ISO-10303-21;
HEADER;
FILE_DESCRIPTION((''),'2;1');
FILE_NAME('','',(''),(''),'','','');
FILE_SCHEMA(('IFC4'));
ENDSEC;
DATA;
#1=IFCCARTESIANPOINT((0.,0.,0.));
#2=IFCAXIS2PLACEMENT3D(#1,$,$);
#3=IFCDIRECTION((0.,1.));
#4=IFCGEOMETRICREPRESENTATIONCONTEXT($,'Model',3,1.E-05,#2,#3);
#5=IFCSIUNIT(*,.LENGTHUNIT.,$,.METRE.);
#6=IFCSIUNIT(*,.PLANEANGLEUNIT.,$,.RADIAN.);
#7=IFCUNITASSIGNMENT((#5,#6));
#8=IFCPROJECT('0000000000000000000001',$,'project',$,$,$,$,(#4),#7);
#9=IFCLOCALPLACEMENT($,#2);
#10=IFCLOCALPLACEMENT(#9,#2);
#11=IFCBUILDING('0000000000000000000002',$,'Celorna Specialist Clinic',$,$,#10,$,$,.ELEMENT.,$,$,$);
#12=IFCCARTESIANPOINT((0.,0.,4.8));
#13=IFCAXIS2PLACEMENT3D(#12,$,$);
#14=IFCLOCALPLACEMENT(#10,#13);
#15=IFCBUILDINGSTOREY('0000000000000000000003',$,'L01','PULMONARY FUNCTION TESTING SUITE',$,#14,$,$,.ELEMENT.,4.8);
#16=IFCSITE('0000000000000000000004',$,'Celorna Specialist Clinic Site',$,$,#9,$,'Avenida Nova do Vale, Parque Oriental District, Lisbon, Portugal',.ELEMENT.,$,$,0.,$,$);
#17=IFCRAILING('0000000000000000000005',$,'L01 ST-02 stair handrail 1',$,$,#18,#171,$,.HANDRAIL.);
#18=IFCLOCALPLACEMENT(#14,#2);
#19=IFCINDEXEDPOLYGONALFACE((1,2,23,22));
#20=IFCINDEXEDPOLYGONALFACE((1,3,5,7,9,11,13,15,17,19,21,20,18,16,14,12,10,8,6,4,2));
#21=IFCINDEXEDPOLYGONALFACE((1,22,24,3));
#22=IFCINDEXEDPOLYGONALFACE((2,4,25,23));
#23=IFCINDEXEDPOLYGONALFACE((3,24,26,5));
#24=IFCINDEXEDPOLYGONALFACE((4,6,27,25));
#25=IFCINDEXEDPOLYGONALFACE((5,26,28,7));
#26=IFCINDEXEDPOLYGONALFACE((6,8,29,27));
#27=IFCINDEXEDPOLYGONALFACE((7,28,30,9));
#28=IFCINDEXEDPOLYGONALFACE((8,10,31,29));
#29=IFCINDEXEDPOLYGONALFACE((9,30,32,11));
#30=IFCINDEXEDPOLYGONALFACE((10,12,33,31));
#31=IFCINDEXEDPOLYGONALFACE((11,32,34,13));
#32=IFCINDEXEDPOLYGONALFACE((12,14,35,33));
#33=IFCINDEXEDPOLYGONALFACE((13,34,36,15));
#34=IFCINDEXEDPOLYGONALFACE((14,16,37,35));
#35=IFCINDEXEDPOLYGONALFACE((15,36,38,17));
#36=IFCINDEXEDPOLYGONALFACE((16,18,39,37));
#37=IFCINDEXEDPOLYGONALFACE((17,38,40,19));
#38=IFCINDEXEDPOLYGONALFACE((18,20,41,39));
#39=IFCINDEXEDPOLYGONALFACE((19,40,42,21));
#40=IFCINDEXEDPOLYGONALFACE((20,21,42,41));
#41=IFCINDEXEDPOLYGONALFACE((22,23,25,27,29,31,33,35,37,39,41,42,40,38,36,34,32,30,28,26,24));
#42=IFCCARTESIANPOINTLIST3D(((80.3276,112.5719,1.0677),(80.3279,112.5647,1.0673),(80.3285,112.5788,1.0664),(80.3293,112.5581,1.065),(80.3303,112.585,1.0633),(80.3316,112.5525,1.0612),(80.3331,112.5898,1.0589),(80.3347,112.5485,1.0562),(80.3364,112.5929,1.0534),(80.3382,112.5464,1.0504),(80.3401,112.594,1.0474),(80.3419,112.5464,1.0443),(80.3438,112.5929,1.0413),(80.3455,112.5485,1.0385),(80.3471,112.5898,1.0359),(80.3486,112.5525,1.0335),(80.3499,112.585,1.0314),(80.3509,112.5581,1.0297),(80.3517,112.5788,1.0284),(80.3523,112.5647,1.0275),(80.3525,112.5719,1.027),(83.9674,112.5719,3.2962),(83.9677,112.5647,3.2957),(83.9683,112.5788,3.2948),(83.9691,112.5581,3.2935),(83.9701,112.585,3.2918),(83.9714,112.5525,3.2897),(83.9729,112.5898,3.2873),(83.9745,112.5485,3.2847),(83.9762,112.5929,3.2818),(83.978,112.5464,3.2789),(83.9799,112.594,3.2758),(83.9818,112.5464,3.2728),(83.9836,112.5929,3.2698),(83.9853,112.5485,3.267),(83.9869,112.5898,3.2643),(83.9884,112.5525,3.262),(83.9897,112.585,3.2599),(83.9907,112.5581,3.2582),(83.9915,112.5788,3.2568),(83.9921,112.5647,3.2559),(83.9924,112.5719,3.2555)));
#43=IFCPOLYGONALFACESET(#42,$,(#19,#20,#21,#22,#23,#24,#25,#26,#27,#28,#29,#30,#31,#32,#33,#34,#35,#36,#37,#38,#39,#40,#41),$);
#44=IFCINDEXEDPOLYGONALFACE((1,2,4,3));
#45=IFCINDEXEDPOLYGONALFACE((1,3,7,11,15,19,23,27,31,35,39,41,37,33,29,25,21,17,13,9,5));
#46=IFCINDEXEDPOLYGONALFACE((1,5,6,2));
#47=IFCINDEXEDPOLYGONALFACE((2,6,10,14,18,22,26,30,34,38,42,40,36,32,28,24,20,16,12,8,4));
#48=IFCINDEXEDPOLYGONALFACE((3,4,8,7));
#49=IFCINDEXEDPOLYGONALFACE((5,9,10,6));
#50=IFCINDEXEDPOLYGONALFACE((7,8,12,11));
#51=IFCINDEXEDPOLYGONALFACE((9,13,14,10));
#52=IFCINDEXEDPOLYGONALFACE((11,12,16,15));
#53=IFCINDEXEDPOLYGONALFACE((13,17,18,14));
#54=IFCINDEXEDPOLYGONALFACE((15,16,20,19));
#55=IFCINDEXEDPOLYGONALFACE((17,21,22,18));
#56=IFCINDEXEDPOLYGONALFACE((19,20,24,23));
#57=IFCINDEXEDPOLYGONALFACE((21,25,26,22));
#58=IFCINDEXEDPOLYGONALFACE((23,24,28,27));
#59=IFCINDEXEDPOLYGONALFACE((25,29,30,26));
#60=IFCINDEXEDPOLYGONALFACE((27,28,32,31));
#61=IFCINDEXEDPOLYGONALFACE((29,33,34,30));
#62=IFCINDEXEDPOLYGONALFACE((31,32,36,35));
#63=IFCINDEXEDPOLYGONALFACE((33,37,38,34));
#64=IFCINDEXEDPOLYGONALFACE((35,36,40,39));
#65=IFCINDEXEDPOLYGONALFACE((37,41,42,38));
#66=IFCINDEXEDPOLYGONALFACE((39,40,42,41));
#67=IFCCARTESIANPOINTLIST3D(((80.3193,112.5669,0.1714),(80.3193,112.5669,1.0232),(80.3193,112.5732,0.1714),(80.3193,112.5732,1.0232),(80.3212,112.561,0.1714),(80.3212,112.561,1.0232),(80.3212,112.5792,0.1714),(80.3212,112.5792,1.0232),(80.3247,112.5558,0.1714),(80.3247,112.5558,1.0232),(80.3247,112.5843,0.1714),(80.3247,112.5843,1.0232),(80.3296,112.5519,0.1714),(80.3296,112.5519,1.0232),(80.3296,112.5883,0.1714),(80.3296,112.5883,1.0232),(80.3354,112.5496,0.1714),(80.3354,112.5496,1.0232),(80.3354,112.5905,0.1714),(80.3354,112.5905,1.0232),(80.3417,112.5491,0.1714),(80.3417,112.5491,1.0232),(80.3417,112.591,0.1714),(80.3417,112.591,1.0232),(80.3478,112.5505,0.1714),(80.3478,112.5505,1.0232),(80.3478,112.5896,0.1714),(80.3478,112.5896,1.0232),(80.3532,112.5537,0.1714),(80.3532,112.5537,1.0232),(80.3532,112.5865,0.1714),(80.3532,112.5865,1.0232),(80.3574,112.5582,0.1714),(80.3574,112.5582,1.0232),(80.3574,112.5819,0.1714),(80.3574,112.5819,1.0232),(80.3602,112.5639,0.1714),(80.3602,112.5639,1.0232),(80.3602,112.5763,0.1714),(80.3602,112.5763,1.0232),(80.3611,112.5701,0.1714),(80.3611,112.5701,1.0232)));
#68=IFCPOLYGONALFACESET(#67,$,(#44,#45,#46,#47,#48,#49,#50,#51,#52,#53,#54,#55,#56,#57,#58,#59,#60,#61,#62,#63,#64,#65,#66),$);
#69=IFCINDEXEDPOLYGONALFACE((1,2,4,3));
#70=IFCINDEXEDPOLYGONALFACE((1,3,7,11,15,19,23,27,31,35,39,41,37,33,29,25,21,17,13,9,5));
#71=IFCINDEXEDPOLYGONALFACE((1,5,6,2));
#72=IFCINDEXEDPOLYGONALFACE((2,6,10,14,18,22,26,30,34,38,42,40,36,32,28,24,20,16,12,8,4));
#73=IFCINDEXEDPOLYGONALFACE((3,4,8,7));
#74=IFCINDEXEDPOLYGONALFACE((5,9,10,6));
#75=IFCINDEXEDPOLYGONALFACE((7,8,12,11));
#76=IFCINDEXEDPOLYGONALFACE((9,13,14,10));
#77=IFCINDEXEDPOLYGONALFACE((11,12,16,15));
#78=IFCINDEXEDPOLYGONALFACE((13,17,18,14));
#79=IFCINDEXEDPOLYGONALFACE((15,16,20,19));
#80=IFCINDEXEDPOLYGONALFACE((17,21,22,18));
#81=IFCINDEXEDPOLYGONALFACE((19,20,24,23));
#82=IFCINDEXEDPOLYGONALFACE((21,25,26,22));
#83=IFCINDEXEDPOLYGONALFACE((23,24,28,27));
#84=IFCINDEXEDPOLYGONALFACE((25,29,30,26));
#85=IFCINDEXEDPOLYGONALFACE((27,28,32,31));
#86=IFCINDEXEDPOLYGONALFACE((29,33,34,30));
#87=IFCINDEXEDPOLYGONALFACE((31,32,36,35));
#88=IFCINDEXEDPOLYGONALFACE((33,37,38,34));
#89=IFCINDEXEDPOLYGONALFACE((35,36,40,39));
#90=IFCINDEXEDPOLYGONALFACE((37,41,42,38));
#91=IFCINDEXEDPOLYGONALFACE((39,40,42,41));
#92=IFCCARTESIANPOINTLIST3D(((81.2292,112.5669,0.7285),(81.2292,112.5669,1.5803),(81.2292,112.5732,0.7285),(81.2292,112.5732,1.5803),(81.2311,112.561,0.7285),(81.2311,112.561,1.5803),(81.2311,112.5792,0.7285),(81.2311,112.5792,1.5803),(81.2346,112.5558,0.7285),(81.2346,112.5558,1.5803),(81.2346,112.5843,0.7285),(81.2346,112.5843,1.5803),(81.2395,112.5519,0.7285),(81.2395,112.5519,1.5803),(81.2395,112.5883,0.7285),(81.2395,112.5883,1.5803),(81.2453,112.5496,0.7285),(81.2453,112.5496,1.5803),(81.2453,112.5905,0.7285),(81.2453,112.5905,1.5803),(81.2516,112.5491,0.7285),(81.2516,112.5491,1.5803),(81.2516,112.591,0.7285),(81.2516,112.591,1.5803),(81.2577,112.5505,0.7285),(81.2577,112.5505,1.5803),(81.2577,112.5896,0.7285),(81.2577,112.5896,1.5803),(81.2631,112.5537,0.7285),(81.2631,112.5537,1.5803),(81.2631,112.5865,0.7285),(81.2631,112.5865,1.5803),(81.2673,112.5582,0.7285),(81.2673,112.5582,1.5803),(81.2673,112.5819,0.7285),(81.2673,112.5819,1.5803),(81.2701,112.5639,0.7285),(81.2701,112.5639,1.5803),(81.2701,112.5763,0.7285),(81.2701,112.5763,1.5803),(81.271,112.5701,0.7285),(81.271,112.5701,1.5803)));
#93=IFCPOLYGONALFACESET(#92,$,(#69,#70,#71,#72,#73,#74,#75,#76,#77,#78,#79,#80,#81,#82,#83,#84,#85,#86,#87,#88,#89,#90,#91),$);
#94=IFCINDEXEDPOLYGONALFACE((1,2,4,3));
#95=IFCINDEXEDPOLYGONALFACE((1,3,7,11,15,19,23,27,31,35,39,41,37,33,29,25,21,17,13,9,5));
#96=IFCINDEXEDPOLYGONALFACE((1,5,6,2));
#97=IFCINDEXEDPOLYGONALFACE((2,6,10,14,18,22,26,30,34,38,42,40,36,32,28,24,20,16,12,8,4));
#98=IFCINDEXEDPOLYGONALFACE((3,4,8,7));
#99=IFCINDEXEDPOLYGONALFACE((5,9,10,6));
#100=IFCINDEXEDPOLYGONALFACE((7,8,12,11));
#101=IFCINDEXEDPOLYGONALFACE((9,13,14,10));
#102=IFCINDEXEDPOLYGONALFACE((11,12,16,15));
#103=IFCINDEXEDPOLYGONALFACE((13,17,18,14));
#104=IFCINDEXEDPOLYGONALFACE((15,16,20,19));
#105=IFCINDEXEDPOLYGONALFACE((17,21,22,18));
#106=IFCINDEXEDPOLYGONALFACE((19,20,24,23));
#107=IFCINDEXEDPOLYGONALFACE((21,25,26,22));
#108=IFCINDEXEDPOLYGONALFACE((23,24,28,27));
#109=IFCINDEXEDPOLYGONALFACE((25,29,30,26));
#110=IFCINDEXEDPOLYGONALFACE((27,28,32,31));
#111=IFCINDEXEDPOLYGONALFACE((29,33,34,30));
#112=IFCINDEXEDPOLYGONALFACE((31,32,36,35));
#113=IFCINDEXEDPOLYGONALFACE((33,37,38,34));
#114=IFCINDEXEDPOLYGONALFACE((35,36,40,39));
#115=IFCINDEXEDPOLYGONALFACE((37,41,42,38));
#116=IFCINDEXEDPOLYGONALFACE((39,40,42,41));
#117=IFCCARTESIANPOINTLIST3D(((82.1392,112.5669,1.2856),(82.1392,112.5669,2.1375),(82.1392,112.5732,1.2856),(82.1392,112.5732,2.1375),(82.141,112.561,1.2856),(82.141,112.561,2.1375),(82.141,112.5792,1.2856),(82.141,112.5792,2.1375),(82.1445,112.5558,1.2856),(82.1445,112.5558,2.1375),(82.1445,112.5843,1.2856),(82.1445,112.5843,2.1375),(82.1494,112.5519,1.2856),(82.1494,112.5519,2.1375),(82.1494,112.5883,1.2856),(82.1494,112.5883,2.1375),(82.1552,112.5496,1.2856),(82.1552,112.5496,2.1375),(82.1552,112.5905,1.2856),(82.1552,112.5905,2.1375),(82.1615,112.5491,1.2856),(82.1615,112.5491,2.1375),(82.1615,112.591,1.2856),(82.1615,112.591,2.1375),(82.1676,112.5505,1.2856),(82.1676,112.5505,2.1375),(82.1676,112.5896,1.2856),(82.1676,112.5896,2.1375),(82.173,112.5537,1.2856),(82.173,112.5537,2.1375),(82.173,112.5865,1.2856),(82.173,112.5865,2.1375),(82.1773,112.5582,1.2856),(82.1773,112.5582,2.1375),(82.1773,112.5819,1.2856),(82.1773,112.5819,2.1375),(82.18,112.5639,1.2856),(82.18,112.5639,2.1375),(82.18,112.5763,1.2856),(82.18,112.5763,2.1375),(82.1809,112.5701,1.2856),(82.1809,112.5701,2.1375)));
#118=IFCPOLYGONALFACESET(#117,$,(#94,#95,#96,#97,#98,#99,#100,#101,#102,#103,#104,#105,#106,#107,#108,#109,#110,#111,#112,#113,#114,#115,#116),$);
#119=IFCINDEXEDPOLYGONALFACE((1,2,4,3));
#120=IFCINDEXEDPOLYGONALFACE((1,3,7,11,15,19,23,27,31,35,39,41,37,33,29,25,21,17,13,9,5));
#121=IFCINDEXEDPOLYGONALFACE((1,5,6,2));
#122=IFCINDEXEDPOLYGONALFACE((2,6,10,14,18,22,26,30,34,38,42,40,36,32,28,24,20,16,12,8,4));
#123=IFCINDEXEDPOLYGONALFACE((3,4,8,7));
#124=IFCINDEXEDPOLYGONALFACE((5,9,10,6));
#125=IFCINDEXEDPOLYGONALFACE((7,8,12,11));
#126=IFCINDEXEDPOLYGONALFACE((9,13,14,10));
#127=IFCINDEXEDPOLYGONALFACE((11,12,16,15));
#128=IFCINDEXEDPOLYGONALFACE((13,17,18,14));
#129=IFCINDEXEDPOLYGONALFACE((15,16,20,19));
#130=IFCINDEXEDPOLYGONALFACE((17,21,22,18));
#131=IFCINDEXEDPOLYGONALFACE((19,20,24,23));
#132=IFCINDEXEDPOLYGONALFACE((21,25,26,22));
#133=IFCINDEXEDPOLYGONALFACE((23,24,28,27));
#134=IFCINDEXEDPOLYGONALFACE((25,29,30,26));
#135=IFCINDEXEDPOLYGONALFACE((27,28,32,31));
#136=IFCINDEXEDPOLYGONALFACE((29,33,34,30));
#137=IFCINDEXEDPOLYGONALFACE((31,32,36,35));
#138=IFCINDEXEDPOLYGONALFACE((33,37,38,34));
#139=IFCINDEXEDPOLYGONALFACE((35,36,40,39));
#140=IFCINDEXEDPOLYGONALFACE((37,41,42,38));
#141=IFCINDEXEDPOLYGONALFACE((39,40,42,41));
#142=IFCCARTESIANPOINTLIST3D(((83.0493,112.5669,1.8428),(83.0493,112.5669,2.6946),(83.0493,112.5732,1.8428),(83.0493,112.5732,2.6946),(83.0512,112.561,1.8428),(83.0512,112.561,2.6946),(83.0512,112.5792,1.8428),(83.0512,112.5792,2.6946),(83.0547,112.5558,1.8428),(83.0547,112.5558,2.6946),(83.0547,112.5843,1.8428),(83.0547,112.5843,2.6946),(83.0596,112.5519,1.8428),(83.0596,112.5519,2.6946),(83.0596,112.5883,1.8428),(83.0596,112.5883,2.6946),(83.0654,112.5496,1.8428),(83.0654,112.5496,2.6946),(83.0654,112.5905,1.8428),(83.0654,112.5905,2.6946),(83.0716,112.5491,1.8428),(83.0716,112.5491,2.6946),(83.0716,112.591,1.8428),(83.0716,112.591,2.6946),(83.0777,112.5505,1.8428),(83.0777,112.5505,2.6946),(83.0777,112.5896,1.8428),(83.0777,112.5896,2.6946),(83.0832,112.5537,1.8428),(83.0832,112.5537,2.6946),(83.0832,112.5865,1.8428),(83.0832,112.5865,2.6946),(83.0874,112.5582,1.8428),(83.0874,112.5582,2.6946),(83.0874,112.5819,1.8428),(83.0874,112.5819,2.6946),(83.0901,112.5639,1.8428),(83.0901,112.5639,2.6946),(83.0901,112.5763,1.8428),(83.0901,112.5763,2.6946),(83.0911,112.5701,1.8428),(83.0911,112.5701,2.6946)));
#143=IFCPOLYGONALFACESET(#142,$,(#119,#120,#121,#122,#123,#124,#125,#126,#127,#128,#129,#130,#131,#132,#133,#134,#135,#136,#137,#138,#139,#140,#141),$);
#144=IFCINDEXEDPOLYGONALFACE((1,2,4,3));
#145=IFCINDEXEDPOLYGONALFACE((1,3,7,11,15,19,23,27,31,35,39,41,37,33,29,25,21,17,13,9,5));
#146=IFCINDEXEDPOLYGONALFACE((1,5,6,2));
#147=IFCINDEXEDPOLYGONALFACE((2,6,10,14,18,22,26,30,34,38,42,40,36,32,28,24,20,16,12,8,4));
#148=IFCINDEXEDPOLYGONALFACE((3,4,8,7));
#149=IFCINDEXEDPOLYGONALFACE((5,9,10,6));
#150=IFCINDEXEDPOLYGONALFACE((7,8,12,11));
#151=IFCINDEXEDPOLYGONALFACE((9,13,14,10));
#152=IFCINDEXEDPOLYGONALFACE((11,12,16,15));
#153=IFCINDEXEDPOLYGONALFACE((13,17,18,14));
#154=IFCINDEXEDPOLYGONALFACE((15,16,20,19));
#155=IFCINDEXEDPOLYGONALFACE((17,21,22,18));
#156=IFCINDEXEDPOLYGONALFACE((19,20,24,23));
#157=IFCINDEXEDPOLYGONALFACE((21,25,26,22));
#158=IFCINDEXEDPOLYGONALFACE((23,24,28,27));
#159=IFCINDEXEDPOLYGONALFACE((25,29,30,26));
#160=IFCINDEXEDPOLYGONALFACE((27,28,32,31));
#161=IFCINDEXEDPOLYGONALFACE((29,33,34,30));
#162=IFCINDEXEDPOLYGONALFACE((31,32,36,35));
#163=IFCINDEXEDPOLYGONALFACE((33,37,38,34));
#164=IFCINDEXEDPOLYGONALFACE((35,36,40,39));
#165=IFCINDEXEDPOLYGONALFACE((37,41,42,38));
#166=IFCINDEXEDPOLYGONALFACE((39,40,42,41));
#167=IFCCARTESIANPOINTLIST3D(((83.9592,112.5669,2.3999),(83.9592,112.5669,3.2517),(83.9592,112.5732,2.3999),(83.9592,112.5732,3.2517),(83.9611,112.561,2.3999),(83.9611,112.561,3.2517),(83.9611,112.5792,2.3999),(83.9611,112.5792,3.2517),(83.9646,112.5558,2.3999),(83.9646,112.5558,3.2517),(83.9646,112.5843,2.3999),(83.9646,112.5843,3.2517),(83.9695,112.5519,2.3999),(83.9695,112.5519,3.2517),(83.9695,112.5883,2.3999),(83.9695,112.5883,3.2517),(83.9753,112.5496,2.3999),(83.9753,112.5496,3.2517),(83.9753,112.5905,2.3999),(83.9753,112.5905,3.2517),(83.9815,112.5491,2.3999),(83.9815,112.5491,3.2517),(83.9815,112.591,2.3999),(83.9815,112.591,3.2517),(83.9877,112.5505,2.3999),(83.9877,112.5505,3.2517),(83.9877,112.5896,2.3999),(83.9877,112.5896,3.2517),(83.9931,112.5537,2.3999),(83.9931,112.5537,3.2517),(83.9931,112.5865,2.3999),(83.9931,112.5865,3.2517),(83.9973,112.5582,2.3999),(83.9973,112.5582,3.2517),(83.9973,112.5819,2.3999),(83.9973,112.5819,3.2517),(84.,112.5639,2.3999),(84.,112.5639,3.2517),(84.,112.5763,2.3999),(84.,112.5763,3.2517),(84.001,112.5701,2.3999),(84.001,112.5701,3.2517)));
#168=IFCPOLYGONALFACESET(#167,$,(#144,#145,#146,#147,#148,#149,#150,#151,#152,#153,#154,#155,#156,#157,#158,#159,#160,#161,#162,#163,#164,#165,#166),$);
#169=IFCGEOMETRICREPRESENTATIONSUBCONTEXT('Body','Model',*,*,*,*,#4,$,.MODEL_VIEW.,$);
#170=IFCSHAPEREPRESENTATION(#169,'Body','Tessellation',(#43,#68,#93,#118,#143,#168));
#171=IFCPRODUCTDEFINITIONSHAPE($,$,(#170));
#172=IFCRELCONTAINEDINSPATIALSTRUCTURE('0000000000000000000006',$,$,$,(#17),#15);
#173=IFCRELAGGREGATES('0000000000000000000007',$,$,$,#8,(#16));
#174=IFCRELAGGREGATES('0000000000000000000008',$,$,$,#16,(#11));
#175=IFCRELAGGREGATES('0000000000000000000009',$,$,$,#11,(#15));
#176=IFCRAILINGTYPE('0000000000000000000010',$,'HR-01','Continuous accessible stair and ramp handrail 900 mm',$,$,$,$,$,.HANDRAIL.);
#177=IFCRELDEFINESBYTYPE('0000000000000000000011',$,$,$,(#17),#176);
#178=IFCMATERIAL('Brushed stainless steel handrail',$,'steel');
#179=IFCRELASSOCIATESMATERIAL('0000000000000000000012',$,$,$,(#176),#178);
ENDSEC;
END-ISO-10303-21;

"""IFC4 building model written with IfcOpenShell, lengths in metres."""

from ifc_helpers import new_model, si_unit, direction, frame, origin, origin_2d, place, context, subcontext, project, spatial, circle, extrude, material, type_object, element, save


model = new_model("IFC4")

# Units and contexts
model_context = context("Model", 3, precision=1e-05, world=origin(), true_north=direction((0.0, 1.0)))
body_context = subcontext(model_context, "Body", "Model", "MODEL_VIEW")
ifc_project = project(units=[si_unit("LENGTHUNIT", "METRE"), si_unit("PLANEANGLEUNIT", "RADIAN")], contexts=[model_context])

# Site, building, storey
site_placement = place(None, origin())
site = spatial("IfcSite", under=ifc_project, at=site_placement, Name="Celorna Specialist Clinic Site", LongName="Avenida Nova do Vale, Parque Oriental District, Lisbon, Portugal", CompositionType="ELEMENT", RefElevation=0.0)
building_placement = place(site_placement, origin())
building = spatial("IfcBuilding", under=site, at=building_placement, Name="Celorna Specialist Clinic", CompositionType="ELEMENT")
storey_placement = place(building_placement, frame((0.0, 0.0, 4.8)))
storey = spatial("IfcBuildingStorey", under=building, at=storey_placement, Name="L01", Description="PULMONARY FUNCTION TESTING SUITE", CompositionType="ELEMENT", Elevation=4.8)

# Railing
ifc_material_1 = material(Name="Brushed stainless steel handrail", Category="steel")
railing_type_1 = type_object("IfcRailingType", Name="HR-01", Description="Continuous accessible stair and ramp handrail 900 mm", PredefinedType="HANDRAIL", material=ifc_material_1)
railing_1_placement = place(storey_placement, frame((80.3401, 112.5701, 0.1714)))
element("IfcRailing", 1, at=railing_1_placement, inside=storey, type_object=railing_type_1, Name="L01 ST-02 stair handrail 1", PredefinedType="HANDRAIL", context=body_context, shape_type="SweptSolid", body=[
    extrude(circle(Radius=0.0239, at=origin_2d()), frame((0.0, 0.0, 0.876), z_axis=(0.85285, 0.0, 0.522156), x_axis=(0.0, 1.0, 0.0)), (0.0, 0.0, 1.0), 4.2678),
    extrude(circle(Radius=0.021, at=origin_2d()), origin(), (0.0, 0.0, 1.0), 0.8518),
    extrude(circle(Radius=0.021, at=origin_2d()), frame((0.9099, 0.0, 0.5571)), (0.0, 0.0, 1.0), 0.8518),
    extrude(circle(Radius=0.021, at=origin_2d()), frame((1.8198, 0.0, 1.1143)), (0.0, 0.0, 1.0), 0.8518),
    extrude(circle(Radius=0.021, at=origin_2d()), frame((2.73, 0.0, 1.6714)), (0.0, 0.0, 1.0), 0.8518),
    extrude(circle(Radius=0.021, at=origin_2d()), frame((3.6399, 0.0, 2.2285)), (0.0, 0.0, 1.0), 0.8518),
])

save(model, "model.ifc")
